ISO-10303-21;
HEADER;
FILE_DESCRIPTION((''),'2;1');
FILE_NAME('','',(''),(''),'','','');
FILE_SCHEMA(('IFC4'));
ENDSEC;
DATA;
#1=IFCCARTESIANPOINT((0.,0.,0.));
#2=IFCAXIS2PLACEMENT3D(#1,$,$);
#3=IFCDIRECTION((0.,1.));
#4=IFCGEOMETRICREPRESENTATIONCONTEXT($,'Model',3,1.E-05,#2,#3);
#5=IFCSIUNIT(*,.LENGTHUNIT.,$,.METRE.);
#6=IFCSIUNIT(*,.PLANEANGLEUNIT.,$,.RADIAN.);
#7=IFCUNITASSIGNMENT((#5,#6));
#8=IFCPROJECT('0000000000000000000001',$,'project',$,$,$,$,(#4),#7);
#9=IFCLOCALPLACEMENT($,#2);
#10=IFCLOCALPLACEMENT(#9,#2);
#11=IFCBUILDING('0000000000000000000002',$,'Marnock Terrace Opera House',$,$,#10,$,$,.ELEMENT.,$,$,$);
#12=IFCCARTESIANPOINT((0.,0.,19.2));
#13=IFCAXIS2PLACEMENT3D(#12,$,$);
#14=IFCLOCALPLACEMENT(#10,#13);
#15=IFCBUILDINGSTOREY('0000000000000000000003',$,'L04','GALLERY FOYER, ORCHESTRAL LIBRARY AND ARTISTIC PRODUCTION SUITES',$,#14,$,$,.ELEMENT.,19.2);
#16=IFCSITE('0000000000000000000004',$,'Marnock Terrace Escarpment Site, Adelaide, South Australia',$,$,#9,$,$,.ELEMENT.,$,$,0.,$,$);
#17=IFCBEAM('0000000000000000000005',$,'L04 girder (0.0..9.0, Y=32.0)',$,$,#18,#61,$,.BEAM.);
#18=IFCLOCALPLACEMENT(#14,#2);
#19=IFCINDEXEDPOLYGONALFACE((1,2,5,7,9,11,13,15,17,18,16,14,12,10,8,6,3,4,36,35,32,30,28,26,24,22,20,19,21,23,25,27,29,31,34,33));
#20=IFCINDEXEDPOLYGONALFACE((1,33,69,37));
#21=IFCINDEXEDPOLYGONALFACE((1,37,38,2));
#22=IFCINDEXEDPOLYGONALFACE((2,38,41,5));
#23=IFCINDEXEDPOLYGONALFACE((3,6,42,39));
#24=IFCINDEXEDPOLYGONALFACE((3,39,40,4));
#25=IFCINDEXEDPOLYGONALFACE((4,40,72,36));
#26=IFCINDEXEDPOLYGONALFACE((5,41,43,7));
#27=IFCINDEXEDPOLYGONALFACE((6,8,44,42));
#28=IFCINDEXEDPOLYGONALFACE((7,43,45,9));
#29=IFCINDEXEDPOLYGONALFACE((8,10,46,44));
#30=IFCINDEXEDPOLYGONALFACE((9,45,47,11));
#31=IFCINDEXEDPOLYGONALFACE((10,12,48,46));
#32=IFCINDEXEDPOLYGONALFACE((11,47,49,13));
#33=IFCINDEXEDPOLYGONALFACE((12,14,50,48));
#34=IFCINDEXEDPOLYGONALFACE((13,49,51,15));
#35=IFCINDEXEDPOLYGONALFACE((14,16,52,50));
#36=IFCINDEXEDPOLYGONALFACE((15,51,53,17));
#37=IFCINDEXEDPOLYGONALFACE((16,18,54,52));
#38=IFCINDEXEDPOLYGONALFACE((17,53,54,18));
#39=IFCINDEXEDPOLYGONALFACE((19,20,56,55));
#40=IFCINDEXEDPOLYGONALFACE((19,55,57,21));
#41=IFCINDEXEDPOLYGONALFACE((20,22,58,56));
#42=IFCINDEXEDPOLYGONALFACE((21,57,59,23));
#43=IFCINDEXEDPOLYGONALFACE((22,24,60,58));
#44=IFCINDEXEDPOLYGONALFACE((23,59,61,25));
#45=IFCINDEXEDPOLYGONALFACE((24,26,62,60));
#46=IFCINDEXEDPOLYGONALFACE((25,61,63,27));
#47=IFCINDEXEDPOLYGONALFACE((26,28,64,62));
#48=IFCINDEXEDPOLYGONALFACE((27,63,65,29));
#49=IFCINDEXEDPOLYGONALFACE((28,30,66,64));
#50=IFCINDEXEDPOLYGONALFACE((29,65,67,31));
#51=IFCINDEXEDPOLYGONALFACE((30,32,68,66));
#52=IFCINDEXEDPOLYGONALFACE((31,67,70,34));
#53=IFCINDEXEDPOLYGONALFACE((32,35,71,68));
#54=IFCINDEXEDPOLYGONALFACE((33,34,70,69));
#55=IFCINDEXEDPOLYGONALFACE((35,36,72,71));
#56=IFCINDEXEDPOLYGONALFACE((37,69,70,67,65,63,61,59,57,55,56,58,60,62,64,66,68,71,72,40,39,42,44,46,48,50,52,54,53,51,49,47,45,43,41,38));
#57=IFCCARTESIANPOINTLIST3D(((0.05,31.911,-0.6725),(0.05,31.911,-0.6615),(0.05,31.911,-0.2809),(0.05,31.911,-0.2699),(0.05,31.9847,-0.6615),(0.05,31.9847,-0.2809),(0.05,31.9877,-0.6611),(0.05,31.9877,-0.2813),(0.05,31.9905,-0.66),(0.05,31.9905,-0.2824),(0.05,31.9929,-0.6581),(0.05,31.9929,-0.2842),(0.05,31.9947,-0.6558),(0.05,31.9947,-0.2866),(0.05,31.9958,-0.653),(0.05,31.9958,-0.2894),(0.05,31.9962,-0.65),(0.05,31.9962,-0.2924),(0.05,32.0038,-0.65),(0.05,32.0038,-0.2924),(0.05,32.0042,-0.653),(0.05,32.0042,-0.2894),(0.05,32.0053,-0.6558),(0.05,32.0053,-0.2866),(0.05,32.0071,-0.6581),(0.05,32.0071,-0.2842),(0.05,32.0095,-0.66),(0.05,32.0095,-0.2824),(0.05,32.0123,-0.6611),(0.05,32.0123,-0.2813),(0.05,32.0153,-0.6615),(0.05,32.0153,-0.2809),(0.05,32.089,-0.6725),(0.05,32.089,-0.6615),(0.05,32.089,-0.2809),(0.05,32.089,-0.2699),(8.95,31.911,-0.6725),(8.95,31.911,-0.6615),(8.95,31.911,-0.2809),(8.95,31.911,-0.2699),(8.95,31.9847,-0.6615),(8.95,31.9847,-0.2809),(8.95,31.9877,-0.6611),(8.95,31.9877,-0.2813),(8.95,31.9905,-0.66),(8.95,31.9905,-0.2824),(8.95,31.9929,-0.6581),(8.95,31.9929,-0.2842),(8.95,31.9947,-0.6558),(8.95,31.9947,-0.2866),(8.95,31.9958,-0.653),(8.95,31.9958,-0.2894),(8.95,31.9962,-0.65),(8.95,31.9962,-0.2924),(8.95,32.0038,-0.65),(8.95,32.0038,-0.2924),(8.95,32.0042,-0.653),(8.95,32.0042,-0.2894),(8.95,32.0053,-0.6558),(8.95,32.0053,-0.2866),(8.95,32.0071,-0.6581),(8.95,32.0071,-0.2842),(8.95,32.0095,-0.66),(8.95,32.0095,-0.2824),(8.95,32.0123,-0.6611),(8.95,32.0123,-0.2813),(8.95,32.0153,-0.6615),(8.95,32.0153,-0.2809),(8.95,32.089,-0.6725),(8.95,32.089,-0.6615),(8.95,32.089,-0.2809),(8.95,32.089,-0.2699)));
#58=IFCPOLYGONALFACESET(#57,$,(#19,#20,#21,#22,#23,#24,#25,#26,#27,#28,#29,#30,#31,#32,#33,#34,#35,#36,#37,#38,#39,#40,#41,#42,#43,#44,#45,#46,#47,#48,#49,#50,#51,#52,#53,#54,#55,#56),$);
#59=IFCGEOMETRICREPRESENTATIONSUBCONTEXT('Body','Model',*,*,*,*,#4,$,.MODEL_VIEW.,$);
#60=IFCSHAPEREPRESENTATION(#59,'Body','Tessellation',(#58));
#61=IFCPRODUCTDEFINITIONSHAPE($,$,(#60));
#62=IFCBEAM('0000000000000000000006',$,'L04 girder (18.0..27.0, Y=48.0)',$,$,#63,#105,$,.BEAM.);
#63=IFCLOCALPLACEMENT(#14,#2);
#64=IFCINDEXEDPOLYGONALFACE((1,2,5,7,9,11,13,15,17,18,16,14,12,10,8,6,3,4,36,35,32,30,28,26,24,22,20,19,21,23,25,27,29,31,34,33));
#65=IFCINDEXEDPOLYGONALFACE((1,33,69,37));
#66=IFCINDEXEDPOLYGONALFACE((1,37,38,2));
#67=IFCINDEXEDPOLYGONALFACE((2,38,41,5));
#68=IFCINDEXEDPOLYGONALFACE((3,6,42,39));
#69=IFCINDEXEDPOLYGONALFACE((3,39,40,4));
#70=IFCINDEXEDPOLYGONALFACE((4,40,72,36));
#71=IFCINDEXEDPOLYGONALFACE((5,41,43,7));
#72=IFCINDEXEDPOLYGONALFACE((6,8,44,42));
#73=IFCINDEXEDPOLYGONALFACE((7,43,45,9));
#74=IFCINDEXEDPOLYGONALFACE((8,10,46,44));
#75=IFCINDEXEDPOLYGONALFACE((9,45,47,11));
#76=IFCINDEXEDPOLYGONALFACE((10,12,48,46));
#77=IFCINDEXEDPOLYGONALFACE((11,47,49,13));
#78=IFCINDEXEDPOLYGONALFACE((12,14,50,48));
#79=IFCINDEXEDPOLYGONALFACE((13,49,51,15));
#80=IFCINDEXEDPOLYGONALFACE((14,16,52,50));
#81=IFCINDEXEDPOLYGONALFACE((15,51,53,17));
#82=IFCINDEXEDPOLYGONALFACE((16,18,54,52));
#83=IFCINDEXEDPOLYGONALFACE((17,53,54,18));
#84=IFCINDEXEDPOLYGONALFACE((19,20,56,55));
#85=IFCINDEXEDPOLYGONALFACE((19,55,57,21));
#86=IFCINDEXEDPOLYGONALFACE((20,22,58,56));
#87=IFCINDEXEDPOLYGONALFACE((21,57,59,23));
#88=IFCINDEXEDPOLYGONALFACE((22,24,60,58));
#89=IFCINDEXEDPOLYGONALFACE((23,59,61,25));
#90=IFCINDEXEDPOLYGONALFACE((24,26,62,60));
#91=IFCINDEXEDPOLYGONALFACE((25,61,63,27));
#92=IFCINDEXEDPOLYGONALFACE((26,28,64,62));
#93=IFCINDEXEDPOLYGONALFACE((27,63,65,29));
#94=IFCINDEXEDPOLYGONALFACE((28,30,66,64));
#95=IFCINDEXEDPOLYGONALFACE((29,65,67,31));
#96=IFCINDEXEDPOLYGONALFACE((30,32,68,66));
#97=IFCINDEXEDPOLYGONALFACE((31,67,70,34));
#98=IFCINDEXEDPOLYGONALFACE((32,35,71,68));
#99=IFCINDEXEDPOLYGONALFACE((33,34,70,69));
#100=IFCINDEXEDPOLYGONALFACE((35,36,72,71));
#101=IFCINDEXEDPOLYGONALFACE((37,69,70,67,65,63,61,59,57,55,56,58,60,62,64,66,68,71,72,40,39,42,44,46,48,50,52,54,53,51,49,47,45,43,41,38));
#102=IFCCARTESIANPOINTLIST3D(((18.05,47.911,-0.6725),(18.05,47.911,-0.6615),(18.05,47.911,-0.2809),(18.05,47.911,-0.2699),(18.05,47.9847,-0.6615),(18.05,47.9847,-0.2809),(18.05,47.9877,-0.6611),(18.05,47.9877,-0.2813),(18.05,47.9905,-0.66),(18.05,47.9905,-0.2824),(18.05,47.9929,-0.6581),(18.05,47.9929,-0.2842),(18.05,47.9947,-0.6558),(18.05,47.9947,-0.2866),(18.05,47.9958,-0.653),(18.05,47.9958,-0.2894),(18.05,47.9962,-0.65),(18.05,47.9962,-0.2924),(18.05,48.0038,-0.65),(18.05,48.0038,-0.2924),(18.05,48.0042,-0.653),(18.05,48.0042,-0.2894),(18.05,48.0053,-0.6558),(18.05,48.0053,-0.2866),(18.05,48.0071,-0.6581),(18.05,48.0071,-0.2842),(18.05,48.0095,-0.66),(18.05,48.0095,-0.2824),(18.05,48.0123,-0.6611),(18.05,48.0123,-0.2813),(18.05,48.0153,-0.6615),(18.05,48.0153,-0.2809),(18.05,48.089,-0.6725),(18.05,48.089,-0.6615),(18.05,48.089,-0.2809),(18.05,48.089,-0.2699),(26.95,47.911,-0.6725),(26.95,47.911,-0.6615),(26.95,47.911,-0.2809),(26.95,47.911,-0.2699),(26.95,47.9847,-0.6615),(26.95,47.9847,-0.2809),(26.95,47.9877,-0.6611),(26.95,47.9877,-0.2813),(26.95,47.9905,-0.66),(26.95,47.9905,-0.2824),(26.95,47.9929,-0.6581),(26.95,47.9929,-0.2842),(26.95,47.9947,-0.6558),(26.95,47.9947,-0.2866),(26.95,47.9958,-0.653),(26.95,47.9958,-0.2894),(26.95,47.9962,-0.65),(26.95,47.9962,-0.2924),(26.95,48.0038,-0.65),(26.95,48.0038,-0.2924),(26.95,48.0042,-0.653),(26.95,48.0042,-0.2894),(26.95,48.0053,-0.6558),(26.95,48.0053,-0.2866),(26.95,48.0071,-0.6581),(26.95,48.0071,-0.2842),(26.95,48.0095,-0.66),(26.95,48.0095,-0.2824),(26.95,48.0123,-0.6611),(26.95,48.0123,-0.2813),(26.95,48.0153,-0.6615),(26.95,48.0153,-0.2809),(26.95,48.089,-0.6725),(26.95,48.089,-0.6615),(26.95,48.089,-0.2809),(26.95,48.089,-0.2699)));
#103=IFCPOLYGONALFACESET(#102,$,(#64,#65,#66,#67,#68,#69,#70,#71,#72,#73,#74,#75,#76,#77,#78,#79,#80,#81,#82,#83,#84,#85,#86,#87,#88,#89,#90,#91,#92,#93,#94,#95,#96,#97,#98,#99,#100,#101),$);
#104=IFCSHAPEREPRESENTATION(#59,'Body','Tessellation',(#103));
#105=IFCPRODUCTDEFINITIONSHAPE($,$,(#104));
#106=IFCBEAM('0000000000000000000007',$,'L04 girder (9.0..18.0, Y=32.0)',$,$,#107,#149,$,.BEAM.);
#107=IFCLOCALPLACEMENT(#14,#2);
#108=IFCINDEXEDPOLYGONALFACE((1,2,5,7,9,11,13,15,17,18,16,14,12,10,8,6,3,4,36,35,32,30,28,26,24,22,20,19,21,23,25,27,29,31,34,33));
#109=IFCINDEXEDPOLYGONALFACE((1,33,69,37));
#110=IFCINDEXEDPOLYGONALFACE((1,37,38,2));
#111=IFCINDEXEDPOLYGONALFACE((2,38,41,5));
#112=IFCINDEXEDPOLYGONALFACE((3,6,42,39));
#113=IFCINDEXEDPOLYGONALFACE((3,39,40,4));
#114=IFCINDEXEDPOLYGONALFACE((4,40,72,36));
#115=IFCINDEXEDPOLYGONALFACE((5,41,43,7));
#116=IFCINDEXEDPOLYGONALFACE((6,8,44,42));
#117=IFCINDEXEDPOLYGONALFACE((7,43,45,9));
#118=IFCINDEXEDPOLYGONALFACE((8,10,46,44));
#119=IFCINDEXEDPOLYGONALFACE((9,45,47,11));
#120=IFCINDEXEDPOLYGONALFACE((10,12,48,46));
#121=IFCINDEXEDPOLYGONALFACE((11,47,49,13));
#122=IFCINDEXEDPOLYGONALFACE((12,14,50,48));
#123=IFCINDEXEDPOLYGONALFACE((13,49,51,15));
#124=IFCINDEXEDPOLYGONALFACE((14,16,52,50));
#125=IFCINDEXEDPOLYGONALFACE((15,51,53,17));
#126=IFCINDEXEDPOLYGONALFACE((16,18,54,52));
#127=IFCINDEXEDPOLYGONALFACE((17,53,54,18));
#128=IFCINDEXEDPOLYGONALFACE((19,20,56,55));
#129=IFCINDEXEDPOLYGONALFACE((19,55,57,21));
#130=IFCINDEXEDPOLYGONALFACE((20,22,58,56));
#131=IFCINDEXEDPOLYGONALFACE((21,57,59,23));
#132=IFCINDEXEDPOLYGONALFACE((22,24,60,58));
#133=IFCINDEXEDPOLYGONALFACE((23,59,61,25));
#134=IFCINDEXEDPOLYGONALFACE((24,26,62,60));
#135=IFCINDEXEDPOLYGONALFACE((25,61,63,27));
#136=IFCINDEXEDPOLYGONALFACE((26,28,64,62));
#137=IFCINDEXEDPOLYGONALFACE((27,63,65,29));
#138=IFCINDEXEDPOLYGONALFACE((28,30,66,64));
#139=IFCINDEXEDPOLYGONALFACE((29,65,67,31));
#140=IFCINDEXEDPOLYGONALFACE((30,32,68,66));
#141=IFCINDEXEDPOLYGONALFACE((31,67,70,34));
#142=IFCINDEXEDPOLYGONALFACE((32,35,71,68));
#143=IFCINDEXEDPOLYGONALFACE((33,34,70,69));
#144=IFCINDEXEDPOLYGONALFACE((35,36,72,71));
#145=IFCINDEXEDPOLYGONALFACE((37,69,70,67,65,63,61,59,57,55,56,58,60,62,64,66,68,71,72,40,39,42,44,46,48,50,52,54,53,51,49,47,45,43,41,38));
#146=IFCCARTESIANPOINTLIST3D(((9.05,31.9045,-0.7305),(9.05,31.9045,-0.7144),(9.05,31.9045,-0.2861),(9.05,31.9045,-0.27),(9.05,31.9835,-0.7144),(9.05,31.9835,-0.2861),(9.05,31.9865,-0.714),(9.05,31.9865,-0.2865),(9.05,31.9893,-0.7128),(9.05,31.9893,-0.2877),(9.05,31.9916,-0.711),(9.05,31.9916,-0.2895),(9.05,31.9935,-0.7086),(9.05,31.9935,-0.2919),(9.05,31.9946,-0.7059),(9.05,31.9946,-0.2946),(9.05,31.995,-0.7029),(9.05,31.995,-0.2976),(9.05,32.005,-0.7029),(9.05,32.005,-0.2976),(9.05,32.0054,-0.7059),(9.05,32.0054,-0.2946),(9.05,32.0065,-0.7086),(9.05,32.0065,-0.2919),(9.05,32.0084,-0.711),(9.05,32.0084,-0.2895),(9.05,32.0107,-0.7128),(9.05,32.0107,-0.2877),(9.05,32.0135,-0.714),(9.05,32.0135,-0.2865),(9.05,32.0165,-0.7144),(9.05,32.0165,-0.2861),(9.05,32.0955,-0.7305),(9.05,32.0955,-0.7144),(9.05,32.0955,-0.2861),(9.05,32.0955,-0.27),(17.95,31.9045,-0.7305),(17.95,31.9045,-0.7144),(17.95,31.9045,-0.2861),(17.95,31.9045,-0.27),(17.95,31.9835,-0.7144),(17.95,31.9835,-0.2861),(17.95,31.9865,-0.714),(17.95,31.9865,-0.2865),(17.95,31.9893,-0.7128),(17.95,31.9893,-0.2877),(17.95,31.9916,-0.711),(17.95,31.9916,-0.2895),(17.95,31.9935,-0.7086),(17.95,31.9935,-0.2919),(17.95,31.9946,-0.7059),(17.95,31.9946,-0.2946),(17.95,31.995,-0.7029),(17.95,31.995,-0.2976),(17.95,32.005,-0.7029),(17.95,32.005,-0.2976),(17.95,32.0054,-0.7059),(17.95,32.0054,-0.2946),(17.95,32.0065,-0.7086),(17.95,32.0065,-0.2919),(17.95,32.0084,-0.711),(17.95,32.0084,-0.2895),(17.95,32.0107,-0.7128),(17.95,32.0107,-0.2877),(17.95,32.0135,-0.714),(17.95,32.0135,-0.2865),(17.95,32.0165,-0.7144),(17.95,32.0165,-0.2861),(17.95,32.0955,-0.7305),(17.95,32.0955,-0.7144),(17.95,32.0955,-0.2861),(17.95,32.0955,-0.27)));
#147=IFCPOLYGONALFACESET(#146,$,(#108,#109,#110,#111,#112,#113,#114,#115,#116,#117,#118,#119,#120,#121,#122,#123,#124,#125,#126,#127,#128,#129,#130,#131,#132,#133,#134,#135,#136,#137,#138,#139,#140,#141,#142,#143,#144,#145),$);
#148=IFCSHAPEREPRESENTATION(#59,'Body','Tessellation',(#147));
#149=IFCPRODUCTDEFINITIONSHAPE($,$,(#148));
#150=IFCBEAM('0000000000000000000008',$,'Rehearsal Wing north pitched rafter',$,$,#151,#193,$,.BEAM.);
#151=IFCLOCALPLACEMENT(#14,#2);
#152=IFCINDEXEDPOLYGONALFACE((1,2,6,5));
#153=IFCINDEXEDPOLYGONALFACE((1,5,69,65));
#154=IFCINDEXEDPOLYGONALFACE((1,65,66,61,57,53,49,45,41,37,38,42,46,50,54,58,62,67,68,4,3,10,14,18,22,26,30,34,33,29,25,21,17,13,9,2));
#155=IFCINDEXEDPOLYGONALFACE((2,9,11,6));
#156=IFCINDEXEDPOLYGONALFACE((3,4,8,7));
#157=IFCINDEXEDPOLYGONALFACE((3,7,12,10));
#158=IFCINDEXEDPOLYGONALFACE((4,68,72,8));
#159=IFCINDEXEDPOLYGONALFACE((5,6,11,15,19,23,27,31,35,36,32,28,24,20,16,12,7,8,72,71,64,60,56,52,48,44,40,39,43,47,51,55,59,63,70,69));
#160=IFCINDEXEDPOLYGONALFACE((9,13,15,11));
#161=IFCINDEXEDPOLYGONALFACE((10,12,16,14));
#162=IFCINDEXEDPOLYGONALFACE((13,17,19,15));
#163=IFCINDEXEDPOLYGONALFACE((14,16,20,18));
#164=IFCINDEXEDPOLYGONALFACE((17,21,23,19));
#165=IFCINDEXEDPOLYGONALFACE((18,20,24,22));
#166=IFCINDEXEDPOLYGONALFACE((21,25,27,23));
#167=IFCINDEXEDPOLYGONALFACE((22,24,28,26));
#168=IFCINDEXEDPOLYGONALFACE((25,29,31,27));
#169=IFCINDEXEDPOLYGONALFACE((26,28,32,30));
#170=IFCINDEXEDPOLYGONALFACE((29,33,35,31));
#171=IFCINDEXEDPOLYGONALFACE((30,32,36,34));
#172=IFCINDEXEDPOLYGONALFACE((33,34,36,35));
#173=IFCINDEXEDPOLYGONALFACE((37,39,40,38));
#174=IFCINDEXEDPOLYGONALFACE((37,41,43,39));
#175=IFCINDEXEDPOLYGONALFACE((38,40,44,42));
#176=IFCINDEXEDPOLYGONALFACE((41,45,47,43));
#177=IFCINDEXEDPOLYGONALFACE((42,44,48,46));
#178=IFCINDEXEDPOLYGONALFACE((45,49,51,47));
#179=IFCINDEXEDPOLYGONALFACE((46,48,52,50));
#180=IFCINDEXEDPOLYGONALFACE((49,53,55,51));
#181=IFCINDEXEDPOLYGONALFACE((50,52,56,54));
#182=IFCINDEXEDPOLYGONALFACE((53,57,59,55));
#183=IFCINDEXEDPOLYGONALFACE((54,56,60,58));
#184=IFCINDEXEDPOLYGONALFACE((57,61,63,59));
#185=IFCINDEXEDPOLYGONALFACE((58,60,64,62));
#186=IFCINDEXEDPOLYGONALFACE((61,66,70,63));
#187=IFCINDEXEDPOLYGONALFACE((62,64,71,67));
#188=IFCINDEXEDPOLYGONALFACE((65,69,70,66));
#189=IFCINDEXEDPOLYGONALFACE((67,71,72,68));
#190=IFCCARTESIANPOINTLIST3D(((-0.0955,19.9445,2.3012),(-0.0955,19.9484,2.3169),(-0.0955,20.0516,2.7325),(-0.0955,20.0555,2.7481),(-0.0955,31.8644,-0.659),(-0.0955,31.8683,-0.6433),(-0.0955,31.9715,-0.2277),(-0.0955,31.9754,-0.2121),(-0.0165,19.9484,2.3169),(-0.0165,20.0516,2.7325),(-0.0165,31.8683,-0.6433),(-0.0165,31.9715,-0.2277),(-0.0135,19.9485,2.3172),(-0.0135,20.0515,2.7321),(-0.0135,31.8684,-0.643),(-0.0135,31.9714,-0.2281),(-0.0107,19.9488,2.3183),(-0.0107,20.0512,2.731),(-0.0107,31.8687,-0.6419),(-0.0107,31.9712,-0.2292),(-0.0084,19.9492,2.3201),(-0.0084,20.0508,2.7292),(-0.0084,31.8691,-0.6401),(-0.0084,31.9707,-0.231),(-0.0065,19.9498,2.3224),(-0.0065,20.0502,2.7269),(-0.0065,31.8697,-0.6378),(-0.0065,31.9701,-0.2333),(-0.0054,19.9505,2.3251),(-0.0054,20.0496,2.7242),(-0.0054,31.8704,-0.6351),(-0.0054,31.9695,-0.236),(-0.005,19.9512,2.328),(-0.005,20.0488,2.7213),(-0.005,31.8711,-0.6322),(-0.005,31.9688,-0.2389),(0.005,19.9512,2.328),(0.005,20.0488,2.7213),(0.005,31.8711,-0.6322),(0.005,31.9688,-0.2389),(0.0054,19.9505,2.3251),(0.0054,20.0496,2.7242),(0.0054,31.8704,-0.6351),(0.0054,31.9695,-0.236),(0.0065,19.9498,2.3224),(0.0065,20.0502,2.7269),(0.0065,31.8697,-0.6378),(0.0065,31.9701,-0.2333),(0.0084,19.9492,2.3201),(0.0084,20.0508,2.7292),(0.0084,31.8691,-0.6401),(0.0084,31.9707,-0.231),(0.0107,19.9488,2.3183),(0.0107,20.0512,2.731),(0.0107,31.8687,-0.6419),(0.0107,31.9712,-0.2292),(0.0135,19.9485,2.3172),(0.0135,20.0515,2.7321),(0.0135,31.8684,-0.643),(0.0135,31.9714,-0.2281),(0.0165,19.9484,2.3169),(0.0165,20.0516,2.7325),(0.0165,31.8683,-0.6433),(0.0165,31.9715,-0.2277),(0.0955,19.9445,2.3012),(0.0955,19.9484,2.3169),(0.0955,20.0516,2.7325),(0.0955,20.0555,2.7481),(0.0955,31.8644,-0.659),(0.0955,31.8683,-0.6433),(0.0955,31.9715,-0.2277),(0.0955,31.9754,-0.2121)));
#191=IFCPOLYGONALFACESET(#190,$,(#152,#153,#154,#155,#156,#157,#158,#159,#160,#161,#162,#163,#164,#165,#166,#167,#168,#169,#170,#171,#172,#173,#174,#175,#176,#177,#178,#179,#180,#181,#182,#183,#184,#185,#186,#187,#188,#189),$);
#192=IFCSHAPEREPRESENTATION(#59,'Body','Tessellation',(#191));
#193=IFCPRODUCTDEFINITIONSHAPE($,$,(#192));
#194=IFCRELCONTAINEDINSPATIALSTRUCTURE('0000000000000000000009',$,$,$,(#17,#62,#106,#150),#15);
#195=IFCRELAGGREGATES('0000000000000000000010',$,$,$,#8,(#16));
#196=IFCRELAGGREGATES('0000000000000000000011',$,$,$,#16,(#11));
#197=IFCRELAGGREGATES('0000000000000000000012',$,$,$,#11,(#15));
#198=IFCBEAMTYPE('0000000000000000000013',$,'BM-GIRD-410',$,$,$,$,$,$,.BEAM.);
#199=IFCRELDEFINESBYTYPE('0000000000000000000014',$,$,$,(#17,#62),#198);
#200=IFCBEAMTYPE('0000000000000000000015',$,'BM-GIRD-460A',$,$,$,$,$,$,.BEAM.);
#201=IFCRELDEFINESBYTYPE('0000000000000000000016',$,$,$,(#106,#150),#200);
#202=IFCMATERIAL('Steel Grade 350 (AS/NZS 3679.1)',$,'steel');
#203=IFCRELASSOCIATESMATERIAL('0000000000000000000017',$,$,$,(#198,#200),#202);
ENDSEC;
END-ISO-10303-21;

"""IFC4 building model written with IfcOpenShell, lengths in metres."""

from ifc_helpers import new_model, si_unit, direction, frame, origin, origin_2d, place, context, subcontext, project, spatial, i_section, extrude, material, material_profile, profile_set, type_object, element, save


model = new_model("IFC4")

# Units and contexts
model_context = context("Model", 3, precision=1e-05, world=origin(), true_north=direction((0.0, 1.0)))
body_context = subcontext(model_context, "Body", "Model", "MODEL_VIEW")
ifc_project = project(units=[si_unit("LENGTHUNIT", "METRE"), si_unit("PLANEANGLEUNIT", "RADIAN")], contexts=[model_context])

# Site, building, storey
site_placement = place(None, origin())
site = spatial("IfcSite", under=ifc_project, at=site_placement, Name="Marnock Terrace Escarpment Site, Adelaide, South Australia", CompositionType="ELEMENT", RefElevation=0.0)
building_placement = place(site_placement, origin())
building = spatial("IfcBuilding", under=site, at=building_placement, Name="Marnock Terrace Opera House", CompositionType="ELEMENT")
storey_placement = place(building_placement, frame((0.0, 0.0, 19.2)))
storey = spatial("IfcBuildingStorey", under=building, at=storey_placement, Name="L04", Description="GALLERY FOYER, ORCHESTRAL LIBRARY AND ARTISTIC PRODUCTION SUITES", CompositionType="ELEMENT", Elevation=19.2)

# Beams
ifc_material_1 = material(Name="Steel Grade 350 (AS/NZS 3679.1)", Category="steel")
ifc_material_profile_1 = material_profile(ifc_material_1, i_section(OverallWidth=0.178, OverallDepth=0.4026, WebThickness=0.0076, FlangeThickness=0.011, FilletRadius=0.0115, at=origin_2d()))
ifc_profile_set_1 = profile_set([ifc_material_profile_1], Name="Steel Grade 350 (AS/NZS 3679.1)")
beam_type_1 = type_object("IfcBeamType", Name="BM-GIRD-410", PredefinedType="BEAM", material=ifc_profile_set_1)
for number, where, z_axis, x_axis, name in (
    (1, (0.05, 32.0, -0.4712), (1.0, 0.0, 0.0), (0.0, 1.0, 0.0), "L04 girder (0.0..9.0, Y=32.0)"),
    (2, (18.05, 48.0, -0.4712), (1.0, 0.0, 0.0), (0.0, 1.0, 0.0), "L04 girder (18.0..27.0, Y=48.0)"),
):
    element("IfcBeam", number, at=place(storey_placement, frame(where, z_axis=z_axis, x_axis=x_axis)), inside=storey, type_object=beam_type_1, Name=name, PredefinedType="BEAM", context=body_context, shape_type="SweptSolid", body=[
        extrude(i_section(OverallWidth=0.178, OverallDepth=0.4026, WebThickness=0.0076, FlangeThickness=0.011, FilletRadius=0.0115, at=origin_2d()), origin(), (0.0, 0.0, 1.0), 8.8999),
    ])
ifc_material_profile_2 = material_profile(ifc_material_1, i_section(OverallWidth=0.1909, OverallDepth=0.4604, WebThickness=0.01, FlangeThickness=0.0161, FilletRadius=0.0115, at=origin_2d()))
ifc_profile_set_2 = profile_set([ifc_material_profile_2], Name="Steel Grade 350 (AS/NZS 3679.1)")
beam_type_2 = type_object("IfcBeamType", Name="BM-GIRD-460A", PredefinedType="BEAM", material=ifc_profile_set_2)
beam_1_placement = place(storey_placement, frame((9.05, 32.0, -0.5002), z_axis=(1.0, 0.0, 0.0), x_axis=(0.0, 1.0, 0.0)))
element("IfcBeam", 3, at=beam_1_placement, inside=storey, type_object=beam_type_2, Name="L04 girder (9.0..18.0, Y=32.0)", PredefinedType="BEAM", context=body_context, shape_type="SweptSolid", body=[
    extrude(i_section(OverallWidth=0.1909, OverallDepth=0.4604, WebThickness=0.01, FlangeThickness=0.0161, FilletRadius=0.0115, at=origin_2d()), origin(), (0.0, 0.0, 1.0), 8.8999),
])
for number, where, z_axis, x_axis, name in (
    (4, (0.0, 31.9199, -0.4355), (0.0, -0.97052, 0.24102), (1.0, 0.0, 0.0), "Rehearsal Wing north pitched rafter"),
):
    element("IfcBeam", number, at=place(storey_placement, frame(where, z_axis=z_axis, x_axis=x_axis)), inside=storey, type_object=beam_type_2, Name=name, PredefinedType="BEAM", context=body_context, shape_type="SweptSolid", body=[
        extrude(i_section(OverallWidth=0.1909, OverallDepth=0.4604, WebThickness=0.01, FlangeThickness=0.0161, FilletRadius=0.0115, at=origin_2d()), origin(), (0.0, 0.0, 1.0), 12.282),
    ])

save(model, "model.ifc")
